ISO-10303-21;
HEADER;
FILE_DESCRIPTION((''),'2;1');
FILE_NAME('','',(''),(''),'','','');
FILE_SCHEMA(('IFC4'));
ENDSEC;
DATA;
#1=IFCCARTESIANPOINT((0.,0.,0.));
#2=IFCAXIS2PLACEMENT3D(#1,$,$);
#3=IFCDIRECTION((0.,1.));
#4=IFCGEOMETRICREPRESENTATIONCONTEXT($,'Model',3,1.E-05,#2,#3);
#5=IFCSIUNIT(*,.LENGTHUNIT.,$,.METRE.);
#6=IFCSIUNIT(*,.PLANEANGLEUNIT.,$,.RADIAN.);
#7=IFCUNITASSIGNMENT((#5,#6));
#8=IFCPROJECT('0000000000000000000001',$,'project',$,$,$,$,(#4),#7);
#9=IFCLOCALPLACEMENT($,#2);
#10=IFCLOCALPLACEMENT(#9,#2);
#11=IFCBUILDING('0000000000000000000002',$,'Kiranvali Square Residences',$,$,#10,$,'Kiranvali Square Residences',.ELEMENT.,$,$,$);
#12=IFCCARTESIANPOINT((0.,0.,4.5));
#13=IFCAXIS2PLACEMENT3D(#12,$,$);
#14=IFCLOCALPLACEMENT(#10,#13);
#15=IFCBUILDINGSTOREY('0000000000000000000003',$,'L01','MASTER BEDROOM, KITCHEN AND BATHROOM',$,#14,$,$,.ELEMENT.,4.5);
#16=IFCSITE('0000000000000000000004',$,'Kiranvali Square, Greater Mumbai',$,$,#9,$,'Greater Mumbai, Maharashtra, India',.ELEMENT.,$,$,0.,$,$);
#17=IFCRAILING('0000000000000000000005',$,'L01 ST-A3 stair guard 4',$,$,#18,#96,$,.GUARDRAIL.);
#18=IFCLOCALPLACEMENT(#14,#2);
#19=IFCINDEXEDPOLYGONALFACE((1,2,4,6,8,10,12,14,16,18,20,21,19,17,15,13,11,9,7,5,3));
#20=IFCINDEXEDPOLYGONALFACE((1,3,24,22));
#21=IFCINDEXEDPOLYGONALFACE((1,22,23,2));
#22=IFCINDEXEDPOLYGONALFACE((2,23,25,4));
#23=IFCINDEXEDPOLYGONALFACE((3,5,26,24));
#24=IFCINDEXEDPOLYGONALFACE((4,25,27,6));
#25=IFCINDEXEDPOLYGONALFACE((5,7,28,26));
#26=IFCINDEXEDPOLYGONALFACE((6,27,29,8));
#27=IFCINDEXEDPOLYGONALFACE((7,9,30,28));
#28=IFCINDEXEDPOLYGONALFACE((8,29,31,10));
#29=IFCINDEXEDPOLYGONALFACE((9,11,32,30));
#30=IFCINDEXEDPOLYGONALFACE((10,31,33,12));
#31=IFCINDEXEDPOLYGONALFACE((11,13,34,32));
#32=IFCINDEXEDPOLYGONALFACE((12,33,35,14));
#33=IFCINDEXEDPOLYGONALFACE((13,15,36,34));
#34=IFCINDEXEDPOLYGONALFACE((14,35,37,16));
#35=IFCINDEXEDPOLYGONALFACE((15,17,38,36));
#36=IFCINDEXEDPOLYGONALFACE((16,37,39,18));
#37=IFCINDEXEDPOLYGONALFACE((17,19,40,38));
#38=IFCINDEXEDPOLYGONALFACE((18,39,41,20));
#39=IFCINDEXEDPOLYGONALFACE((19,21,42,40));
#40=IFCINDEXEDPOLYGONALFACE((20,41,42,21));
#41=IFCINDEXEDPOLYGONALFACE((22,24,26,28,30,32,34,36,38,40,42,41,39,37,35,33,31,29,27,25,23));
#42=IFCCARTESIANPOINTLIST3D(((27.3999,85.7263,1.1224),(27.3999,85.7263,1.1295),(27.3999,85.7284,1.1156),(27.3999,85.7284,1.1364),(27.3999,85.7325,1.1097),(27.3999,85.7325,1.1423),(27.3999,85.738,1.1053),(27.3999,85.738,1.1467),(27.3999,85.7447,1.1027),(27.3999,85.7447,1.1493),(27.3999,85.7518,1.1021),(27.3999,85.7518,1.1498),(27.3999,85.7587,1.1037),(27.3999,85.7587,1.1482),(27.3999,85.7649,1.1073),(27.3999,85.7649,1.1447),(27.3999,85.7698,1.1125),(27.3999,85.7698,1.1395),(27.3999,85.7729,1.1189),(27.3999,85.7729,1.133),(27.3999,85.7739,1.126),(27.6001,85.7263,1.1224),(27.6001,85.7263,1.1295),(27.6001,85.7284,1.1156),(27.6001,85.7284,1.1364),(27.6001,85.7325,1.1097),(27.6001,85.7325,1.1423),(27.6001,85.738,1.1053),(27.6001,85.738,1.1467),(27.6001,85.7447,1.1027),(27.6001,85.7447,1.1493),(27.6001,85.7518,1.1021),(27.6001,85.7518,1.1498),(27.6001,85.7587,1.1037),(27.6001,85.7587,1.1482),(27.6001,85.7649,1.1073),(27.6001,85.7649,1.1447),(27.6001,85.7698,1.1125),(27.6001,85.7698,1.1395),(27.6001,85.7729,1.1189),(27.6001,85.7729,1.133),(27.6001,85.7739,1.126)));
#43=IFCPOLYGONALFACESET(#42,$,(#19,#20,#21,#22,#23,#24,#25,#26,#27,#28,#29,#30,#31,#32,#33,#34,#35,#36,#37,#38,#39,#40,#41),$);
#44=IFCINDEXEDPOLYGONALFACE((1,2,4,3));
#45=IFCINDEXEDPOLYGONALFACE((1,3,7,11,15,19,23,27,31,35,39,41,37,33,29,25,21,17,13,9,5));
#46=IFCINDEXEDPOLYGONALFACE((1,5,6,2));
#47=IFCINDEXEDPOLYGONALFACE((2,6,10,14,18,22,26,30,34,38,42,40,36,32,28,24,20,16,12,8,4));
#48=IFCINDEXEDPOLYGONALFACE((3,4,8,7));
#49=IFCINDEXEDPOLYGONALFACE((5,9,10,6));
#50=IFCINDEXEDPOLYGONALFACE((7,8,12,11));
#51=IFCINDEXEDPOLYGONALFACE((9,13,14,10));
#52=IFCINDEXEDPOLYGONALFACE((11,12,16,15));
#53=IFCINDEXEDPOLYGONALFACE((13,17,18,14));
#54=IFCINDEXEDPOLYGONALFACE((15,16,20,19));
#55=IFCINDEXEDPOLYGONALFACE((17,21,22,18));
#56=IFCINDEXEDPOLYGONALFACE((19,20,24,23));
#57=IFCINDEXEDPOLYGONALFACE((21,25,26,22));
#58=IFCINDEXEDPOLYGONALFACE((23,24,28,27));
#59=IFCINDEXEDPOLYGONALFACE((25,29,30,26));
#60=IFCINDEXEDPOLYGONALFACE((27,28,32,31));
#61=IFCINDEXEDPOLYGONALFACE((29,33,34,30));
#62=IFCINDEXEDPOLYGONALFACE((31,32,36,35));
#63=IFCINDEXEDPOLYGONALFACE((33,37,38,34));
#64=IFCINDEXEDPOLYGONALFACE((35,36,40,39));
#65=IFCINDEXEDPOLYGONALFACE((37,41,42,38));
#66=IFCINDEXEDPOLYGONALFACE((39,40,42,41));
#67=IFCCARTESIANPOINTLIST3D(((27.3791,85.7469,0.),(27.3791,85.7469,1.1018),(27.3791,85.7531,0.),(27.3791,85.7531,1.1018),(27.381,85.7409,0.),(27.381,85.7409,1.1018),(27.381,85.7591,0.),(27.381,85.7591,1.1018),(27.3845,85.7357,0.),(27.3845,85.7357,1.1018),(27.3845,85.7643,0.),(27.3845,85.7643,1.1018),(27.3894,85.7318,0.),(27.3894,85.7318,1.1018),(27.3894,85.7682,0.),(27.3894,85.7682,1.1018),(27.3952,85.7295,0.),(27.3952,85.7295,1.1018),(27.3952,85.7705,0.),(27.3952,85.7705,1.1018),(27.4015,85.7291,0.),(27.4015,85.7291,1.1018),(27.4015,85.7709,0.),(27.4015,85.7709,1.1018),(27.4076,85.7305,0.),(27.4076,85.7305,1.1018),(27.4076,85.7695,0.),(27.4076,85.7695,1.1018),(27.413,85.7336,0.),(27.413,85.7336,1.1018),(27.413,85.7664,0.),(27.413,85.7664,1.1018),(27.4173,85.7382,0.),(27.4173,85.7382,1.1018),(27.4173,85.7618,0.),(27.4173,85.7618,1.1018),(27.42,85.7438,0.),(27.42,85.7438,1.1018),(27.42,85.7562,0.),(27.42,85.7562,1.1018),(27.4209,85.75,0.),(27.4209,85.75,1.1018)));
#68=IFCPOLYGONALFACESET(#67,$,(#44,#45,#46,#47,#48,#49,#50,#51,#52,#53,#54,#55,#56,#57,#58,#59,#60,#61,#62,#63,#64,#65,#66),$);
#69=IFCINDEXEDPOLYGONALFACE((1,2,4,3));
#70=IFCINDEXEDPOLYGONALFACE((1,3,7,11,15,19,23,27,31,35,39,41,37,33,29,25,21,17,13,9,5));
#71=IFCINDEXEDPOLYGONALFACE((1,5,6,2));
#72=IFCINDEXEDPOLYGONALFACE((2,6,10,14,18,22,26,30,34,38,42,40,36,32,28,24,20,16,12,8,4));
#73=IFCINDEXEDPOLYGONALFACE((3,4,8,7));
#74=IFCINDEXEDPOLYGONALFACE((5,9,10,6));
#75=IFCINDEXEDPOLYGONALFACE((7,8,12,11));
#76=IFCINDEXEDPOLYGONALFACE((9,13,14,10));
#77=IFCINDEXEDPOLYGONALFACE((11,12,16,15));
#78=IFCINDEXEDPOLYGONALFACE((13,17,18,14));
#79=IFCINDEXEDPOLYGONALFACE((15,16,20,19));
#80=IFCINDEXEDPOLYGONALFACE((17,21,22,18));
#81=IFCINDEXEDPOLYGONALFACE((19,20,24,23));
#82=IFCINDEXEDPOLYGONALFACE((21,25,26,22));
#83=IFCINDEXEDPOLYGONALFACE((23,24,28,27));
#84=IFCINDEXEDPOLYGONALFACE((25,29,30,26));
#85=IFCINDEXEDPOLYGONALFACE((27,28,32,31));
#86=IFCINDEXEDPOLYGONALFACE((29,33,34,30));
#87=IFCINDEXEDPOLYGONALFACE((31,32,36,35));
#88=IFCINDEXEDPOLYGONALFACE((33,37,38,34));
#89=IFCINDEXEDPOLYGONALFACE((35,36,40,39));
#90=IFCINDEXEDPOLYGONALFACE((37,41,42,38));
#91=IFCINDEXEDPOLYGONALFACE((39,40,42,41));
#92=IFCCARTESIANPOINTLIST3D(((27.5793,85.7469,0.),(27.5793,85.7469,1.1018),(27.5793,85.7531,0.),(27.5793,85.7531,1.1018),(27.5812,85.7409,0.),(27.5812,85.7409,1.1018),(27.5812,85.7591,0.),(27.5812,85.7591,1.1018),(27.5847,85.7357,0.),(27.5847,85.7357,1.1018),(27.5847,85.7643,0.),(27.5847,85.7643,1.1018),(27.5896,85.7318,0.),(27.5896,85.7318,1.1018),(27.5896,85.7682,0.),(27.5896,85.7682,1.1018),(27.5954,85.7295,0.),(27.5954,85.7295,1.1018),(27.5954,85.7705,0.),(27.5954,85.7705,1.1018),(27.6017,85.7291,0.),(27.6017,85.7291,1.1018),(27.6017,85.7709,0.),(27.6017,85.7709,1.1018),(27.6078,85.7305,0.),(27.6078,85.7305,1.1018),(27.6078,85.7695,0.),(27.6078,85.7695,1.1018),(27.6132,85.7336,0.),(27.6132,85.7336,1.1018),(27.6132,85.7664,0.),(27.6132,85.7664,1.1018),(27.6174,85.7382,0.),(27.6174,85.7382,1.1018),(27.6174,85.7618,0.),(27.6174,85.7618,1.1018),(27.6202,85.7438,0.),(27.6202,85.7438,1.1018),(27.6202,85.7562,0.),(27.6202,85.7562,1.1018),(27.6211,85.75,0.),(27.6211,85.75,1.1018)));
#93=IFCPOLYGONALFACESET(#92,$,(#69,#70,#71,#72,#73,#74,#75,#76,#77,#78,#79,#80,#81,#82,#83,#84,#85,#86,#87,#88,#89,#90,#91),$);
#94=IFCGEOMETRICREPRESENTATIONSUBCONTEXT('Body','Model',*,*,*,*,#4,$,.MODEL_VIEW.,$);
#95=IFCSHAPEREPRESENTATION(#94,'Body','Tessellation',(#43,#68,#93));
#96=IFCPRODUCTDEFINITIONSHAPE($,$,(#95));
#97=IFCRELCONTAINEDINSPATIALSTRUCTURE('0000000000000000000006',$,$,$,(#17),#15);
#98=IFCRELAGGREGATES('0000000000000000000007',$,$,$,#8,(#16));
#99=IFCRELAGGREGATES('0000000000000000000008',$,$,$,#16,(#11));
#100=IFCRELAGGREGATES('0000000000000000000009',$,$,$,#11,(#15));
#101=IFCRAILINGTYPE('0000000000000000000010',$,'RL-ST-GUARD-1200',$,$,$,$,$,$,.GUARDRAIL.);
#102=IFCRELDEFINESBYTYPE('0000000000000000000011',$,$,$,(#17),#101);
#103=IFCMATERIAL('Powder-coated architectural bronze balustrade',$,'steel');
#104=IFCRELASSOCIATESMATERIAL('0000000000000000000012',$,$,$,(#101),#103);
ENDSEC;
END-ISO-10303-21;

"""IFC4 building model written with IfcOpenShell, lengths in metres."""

from ifc_helpers import new_model, si_unit, direction, frame, origin, origin_2d, place, context, subcontext, project, spatial, circle, extrude, material, type_object, element, save


model = new_model("IFC4")

# Units and contexts
model_context = context("Model", 3, precision=1e-05, world=origin(), true_north=direction((0.0, 1.0)))
body_context = subcontext(model_context, "Body", "Model", "MODEL_VIEW")
ifc_project = project(units=[si_unit("LENGTHUNIT", "METRE"), si_unit("PLANEANGLEUNIT", "RADIAN")], contexts=[model_context])

# Site, building, storey
site_placement = place(None, origin())
site = spatial("IfcSite", under=ifc_project, at=site_placement, Name="Kiranvali Square, Greater Mumbai", LongName="Greater Mumbai, Maharashtra, India", CompositionType="ELEMENT", RefElevation=0.0)
building_placement = place(site_placement, origin())
building = spatial("IfcBuilding", under=site, at=building_placement, Name="Kiranvali Square Residences", LongName="Kiranvali Square Residences", CompositionType="ELEMENT")
storey_placement = place(building_placement, frame((0.0, 0.0, 4.5)))
storey = spatial("IfcBuildingStorey", under=building, at=storey_placement, Name="L01", Description="MASTER BEDROOM, KITCHEN AND BATHROOM", CompositionType="ELEMENT", Elevation=4.5)

# Railing
ifc_material_1 = material(Name="Powder-coated architectural bronze balustrade", Category="steel")
railing_type_1 = type_object("IfcRailingType", Name="RL-ST-GUARD-1200", PredefinedType="GUARDRAIL", material=ifc_material_1)
railing_1_placement = place(storey_placement, frame((27.3999, 85.75, 0.0)))
element("IfcRailing", 1, at=railing_1_placement, inside=storey, type_object=railing_type_1, Name="L01 ST-A3 stair guard 4", PredefinedType="GUARDRAIL", context=body_context, shape_type="SweptSolid", body=[
    extrude(circle(Radius=0.0239, at=origin_2d()), frame((0.0, 0.0, 1.126), z_axis=(1.0, 0.0, 0.0), x_axis=(0.0, 1.0, 0.0)), (0.0, 0.0, 1.0), 0.2002),
    extrude(circle(Radius=0.021, at=origin_2d()), origin(), (0.0, 0.0, 1.0), 1.1018),
    extrude(circle(Radius=0.021, at=origin_2d()), frame((0.2002, 0.0, 0.0)), (0.0, 0.0, 1.0), 1.1018),
])

save(model, "model.ifc")
